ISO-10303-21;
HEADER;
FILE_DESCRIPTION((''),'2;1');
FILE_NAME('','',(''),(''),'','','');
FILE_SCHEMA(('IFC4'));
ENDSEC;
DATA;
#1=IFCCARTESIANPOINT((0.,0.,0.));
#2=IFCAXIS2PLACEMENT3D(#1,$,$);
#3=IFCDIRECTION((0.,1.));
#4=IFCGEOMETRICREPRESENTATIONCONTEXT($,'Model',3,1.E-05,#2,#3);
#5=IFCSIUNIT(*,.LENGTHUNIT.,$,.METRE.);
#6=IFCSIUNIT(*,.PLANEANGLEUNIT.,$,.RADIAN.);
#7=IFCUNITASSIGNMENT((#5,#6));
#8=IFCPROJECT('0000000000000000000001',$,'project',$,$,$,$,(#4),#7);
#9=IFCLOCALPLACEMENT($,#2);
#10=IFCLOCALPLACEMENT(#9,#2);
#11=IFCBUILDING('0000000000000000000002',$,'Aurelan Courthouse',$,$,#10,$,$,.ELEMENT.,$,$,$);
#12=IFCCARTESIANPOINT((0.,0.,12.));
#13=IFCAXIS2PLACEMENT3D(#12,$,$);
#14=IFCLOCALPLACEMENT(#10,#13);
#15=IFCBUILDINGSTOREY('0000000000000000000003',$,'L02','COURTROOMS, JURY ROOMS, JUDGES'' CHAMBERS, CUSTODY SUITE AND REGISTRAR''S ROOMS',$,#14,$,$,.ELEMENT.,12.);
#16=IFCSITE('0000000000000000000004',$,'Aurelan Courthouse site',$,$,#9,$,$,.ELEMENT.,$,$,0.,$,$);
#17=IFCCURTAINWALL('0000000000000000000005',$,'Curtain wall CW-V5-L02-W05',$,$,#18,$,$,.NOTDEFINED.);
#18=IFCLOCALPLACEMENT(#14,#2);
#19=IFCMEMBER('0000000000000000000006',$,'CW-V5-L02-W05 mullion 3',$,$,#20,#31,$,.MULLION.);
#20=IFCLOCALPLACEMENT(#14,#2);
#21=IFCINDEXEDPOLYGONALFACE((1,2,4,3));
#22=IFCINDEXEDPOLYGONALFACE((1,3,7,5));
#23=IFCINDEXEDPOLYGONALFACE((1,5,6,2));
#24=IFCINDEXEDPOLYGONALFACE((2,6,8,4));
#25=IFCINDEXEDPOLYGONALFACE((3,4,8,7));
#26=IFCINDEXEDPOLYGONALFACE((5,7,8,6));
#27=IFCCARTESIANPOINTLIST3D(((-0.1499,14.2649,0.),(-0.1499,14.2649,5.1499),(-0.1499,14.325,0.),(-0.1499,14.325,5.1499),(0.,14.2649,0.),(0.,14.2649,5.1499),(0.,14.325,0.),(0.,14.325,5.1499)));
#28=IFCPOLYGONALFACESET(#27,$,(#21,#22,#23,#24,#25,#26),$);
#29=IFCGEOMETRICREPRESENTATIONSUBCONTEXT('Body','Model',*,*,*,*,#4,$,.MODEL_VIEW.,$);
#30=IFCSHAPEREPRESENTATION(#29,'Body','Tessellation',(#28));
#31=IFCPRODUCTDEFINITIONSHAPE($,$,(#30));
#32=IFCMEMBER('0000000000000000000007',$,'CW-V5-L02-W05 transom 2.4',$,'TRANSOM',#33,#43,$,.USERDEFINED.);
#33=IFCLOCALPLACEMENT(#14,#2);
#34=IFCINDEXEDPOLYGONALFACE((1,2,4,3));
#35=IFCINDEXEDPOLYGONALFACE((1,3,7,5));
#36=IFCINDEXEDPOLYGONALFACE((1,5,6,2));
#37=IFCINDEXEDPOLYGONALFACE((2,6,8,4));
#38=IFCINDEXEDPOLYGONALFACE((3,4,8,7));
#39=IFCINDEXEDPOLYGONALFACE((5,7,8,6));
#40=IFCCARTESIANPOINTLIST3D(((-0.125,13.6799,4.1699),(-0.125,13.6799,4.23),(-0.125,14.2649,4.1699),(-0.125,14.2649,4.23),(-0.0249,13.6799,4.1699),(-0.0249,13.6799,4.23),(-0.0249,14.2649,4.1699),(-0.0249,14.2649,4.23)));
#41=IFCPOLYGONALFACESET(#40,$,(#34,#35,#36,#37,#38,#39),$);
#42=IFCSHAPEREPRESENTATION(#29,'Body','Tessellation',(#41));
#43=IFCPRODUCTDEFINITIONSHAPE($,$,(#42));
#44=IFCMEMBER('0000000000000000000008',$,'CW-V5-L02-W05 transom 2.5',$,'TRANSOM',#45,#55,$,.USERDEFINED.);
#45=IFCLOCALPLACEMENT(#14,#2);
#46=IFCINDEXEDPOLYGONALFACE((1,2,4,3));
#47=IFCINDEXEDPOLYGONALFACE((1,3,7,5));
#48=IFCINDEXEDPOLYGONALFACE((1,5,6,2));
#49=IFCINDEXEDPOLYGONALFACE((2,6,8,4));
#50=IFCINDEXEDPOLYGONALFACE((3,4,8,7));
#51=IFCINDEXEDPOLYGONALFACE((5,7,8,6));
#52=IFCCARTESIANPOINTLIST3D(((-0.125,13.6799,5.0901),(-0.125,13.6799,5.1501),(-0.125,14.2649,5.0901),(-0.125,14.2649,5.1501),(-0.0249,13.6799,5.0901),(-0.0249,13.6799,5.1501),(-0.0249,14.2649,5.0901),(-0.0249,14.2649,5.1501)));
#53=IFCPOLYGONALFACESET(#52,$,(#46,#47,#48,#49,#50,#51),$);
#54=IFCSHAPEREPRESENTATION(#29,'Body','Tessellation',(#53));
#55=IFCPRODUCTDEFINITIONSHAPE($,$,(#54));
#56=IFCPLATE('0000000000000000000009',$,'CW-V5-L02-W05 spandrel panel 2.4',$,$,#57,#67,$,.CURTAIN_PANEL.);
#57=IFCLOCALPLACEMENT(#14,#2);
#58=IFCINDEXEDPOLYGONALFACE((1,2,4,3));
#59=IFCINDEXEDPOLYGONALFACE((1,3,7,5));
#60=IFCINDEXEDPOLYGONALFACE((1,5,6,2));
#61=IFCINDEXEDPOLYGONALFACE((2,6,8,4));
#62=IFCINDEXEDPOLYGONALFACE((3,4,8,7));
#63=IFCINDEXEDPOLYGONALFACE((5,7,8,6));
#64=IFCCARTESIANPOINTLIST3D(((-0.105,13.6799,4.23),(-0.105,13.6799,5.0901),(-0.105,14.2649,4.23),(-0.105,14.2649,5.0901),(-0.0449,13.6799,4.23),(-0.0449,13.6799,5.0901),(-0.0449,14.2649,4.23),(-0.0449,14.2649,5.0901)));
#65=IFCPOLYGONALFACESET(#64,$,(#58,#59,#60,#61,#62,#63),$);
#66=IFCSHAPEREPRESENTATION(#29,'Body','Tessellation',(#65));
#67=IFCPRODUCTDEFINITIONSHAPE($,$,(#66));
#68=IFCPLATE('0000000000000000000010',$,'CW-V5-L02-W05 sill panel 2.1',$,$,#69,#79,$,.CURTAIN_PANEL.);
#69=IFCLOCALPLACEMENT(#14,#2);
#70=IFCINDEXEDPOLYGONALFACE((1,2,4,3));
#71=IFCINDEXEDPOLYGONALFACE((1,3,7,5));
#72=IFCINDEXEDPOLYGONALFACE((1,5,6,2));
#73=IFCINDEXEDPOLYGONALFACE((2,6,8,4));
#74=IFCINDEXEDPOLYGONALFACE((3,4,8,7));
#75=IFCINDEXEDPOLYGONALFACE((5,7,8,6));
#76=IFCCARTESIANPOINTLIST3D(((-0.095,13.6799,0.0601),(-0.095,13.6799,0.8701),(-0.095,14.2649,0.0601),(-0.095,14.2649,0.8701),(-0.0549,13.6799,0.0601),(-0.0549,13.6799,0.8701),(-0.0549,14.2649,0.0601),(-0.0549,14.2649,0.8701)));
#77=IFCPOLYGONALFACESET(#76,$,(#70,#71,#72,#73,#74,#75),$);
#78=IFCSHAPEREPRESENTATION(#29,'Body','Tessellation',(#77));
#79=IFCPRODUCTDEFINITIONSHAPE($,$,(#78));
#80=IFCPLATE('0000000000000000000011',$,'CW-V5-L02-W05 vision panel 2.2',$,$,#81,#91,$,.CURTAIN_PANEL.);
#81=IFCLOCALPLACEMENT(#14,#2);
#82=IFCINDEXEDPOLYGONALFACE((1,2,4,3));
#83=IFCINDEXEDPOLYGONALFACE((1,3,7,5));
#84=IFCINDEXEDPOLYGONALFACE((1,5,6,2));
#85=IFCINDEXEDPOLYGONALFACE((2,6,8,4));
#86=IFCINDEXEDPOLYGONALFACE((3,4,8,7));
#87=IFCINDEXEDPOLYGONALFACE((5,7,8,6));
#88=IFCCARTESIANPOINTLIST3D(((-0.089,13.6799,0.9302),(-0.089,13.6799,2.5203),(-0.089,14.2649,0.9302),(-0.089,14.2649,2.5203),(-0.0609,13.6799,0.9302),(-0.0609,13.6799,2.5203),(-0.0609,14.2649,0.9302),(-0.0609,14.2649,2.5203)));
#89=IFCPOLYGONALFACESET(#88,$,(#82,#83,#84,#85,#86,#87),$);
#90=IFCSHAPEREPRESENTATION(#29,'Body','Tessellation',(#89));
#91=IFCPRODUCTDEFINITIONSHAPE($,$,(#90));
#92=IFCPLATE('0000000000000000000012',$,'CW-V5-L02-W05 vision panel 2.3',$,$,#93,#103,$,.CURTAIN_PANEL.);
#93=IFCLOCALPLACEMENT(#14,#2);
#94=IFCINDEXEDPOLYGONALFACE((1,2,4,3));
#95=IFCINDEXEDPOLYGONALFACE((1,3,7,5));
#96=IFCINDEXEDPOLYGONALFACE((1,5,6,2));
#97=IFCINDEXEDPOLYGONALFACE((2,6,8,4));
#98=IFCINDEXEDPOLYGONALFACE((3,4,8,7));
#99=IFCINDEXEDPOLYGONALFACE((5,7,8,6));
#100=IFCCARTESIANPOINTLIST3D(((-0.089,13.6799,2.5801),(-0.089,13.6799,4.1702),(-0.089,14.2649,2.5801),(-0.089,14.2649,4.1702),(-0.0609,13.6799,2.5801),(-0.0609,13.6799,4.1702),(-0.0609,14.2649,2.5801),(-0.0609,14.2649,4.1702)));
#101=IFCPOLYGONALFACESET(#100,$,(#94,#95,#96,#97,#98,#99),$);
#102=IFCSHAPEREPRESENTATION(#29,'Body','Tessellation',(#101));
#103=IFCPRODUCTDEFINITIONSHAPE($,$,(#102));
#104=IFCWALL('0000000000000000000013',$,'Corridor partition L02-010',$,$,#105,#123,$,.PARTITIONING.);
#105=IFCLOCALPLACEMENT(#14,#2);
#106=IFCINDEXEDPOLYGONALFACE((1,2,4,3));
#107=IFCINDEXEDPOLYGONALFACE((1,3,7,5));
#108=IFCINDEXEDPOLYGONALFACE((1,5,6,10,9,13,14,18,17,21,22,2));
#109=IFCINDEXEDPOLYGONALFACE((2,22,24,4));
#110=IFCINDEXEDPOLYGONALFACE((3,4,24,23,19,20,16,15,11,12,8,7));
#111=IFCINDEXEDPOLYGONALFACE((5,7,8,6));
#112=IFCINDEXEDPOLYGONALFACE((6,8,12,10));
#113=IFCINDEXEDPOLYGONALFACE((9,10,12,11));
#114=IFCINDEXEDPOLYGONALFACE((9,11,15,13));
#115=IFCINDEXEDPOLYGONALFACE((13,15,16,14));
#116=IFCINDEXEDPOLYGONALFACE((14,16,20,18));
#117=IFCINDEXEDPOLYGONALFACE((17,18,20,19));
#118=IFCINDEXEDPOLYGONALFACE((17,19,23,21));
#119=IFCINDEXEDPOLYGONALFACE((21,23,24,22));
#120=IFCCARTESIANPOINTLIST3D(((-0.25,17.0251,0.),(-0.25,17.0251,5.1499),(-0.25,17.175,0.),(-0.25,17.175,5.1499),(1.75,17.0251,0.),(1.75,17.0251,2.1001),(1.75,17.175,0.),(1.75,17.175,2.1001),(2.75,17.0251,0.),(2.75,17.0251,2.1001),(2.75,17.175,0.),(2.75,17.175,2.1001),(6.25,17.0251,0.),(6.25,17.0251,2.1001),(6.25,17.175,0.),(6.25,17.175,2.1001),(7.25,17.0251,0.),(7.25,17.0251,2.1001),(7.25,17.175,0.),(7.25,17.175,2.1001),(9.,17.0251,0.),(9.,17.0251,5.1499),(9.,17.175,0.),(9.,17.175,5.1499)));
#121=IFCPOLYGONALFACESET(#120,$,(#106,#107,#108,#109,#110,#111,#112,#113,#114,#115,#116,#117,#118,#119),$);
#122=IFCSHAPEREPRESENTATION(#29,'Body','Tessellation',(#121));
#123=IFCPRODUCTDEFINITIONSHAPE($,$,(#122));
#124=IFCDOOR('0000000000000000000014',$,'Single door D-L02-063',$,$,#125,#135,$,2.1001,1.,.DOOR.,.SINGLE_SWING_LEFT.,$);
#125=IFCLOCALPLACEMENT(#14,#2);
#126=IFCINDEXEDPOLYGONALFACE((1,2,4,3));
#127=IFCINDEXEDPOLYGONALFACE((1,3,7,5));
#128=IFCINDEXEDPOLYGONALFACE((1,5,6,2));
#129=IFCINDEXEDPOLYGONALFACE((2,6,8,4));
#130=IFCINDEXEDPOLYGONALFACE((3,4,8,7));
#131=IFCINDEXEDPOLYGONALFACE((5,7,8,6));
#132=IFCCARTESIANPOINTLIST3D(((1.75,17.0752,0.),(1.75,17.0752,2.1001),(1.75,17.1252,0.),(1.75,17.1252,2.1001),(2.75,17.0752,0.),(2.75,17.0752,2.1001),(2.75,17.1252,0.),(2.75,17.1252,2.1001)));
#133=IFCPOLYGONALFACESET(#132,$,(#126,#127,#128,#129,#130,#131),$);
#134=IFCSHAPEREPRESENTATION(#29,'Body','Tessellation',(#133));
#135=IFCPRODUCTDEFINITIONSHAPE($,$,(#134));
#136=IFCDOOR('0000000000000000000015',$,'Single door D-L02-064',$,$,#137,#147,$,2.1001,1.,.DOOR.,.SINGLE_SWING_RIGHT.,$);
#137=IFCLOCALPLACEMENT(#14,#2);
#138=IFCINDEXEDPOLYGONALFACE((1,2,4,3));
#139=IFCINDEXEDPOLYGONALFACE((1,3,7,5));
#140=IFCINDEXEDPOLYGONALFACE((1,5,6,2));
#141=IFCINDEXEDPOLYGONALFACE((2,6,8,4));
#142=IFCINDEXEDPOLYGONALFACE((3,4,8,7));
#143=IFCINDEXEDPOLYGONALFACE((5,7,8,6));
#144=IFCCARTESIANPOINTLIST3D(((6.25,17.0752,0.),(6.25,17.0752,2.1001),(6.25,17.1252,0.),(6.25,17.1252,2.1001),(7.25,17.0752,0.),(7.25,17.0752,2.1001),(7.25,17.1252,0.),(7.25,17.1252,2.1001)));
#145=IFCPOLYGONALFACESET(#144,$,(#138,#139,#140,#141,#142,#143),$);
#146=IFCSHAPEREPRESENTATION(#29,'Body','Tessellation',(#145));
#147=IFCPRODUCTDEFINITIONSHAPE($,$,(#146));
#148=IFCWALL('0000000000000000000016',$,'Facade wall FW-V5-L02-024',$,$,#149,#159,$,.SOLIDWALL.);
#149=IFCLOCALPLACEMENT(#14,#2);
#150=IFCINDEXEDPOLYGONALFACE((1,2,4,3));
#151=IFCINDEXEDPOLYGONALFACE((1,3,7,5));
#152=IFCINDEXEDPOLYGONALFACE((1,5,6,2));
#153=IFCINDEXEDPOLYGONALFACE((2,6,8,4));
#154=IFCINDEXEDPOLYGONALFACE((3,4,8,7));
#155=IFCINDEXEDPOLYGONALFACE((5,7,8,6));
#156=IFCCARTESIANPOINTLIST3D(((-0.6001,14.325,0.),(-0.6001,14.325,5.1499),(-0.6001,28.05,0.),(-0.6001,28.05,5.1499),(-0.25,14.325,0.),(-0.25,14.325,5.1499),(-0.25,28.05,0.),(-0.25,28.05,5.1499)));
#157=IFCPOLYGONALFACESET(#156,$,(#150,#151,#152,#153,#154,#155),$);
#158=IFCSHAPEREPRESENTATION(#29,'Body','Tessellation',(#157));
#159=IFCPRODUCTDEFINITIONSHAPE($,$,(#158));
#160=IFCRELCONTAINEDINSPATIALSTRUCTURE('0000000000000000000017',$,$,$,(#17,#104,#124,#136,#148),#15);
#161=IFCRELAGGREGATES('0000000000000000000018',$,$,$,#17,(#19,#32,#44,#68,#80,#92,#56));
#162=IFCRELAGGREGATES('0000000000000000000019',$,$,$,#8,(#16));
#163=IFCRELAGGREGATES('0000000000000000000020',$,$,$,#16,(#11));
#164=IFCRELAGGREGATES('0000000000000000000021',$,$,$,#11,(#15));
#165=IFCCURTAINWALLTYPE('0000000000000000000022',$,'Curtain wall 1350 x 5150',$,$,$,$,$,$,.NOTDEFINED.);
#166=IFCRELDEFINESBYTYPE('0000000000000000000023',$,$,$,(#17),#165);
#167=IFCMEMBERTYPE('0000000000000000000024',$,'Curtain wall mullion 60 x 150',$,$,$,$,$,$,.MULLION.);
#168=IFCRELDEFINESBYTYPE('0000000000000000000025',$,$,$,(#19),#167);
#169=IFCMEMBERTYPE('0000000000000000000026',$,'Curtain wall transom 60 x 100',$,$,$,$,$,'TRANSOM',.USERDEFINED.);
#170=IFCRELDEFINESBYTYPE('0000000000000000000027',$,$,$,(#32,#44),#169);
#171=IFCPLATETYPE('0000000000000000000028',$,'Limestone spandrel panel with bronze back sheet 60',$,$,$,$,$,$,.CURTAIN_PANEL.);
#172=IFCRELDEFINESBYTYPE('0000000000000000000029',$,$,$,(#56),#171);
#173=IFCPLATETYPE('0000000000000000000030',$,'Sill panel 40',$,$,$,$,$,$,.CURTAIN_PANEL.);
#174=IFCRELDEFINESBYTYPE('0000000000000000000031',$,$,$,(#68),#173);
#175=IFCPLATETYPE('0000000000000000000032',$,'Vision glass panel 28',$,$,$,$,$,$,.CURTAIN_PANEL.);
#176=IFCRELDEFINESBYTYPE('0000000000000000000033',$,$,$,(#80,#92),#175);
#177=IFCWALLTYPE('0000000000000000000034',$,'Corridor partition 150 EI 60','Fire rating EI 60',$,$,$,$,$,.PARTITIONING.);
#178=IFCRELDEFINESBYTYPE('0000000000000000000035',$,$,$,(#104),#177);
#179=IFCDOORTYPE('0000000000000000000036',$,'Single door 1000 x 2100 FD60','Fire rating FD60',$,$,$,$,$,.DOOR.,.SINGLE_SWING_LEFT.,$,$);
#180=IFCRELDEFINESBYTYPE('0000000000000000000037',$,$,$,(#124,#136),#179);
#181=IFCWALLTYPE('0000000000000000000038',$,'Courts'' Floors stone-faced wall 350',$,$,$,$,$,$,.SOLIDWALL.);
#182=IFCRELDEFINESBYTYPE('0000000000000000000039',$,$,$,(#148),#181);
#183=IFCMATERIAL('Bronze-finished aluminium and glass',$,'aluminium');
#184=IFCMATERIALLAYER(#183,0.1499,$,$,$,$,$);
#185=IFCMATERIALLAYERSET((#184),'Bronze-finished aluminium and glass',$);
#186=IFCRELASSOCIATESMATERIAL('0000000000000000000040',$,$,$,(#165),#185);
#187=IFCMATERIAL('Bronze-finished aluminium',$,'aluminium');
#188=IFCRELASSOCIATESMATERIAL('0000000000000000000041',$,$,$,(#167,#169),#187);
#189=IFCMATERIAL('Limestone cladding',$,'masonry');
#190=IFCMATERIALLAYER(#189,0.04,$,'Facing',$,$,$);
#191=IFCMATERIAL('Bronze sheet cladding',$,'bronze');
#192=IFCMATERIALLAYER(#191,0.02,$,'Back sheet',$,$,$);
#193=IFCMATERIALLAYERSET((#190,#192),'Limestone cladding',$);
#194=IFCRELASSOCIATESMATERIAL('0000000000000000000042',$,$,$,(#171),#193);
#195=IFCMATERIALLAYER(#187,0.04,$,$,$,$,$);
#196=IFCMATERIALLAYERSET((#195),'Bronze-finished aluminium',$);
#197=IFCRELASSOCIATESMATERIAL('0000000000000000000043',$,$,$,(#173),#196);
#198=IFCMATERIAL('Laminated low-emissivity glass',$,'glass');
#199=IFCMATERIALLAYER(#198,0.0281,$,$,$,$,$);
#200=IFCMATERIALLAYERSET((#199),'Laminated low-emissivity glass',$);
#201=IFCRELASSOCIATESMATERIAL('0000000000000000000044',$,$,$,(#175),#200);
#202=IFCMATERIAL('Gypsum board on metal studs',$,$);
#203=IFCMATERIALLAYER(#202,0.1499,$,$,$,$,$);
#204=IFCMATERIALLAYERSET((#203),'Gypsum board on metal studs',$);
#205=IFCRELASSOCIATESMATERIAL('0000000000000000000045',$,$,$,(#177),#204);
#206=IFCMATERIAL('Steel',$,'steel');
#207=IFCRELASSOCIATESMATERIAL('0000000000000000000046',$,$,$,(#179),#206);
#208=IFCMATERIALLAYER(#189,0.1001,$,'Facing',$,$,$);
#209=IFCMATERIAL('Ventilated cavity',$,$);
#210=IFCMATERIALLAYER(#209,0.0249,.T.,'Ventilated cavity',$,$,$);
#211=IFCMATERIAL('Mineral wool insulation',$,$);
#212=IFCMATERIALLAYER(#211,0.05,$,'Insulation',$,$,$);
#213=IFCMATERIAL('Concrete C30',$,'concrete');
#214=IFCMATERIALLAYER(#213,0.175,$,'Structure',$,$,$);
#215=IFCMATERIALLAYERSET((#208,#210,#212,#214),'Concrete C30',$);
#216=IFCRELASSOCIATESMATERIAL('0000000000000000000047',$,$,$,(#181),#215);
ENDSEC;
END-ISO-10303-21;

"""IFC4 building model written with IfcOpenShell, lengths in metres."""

from ifc_helpers import new_model, si_unit, direction, frame, frame_2d, origin, origin_2d, place, context, subcontext, project, spatial, rectangle, extrude, material, layer, layer_set, material_profile, profile_set, type_object, element, fill, aggregate, save


model = new_model("IFC4")

# Units and contexts
model_context = context("Model", 3, precision=1e-05, world=origin(), true_north=direction((0.0, 1.0)))
body_context = subcontext(model_context, "Body", "Model", "MODEL_VIEW")
ifc_project = project(units=[si_unit("LENGTHUNIT", "METRE"), si_unit("PLANEANGLEUNIT", "RADIAN")], contexts=[model_context])

# Site, building, storey
site_placement = place(None, origin())
site = spatial("IfcSite", under=ifc_project, at=site_placement, Name="Aurelan Courthouse site", CompositionType="ELEMENT", RefElevation=0.0)
building_placement = place(site_placement, origin())
building = spatial("IfcBuilding", under=site, at=building_placement, Name="Aurelan Courthouse", CompositionType="ELEMENT")
storey_placement = place(building_placement, frame((0.0, 0.0, 12.0)))
storey = spatial("IfcBuildingStorey", under=building, at=storey_placement, Name="L02", Description="COURTROOMS, JURY ROOMS, JUDGES' CHAMBERS, CUSTODY SUITE AND REGISTRAR'S ROOMS", CompositionType="ELEMENT", Elevation=12.0)

# Curtain wall, members, plates
ifc_material_1 = material(Name="Bronze-finished aluminium and glass", Category="aluminium")
ifc_layer_1 = layer(ifc_material_1, 0.1499)
ifc_layer_set_1 = layer_set([ifc_layer_1], Name="Bronze-finished aluminium and glass")
curtain_wall_type = type_object("IfcCurtainWallType", Name="Curtain wall 1350 x 5150", PredefinedType="NOTDEFINED", material=ifc_layer_set_1)
curtain_wall_placement = place(storey_placement, origin())
curtain_wall = element("IfcCurtainWall", 1, at=curtain_wall_placement, inside=storey, type_object=curtain_wall_type, Name="Curtain wall CW-V5-L02-W05", PredefinedType="NOTDEFINED")
ifc_material_2 = material(Name="Bronze-finished aluminium", Category="aluminium")
ifc_material_profile_1 = material_profile(ifc_material_2, rectangle(XDim=0.1499, YDim=0.0601, at=origin_2d()), Name="Bronze mullion 60 x 150")
ifc_profile_set_1 = profile_set([ifc_material_profile_1], Name="Bronze-finished aluminium")
member_type_1 = type_object("IfcMemberType", Name="Curtain wall mullion 60 x 150", PredefinedType="MULLION", material=ifc_profile_set_1)
member_1_placement = place(storey_placement, frame((-0.075, 14.2949, 0.0), z_axis=(0.0, 0.0, 1.0), x_axis=(-1.0, 0.0, 0.0)))
member_1 = element("IfcMember", 2, at=member_1_placement, type_object=member_type_1, Name="CW-V5-L02-W05 mullion 3", PredefinedType="MULLION", context=body_context, shape_type="SweptSolid", body=[
    extrude(rectangle(XDim=0.1499, YDim=0.0601, at=origin_2d()), origin(), (0.0, 0.0, 1.0), 5.1499),
])
ifc_material_profile_2 = material_profile(ifc_material_2, rectangle(XDim=0.1001, YDim=0.0601, at=origin_2d()), Name="Bronze transom 60 x 100")
ifc_profile_set_2 = profile_set([ifc_material_profile_2], Name="Bronze-finished aluminium")
member_type_2 = type_object("IfcMemberType", Name="Curtain wall transom 60 x 100", ElementType="TRANSOM", PredefinedType="USERDEFINED", material=ifc_profile_set_2)
member_2_placement = place(storey_placement, frame((-0.075, 13.6799, 4.2), z_axis=(0.0, 1.0, 0.0), x_axis=(-1.0, 0.0, 0.0)))
member_2 = element("IfcMember", 3, at=member_2_placement, type_object=member_type_2, Name="CW-V5-L02-W05 transom 2.4", ObjectType="TRANSOM", PredefinedType="USERDEFINED", context=body_context, shape_type="SweptSolid", body=[
    extrude(rectangle(XDim=0.1001, YDim=0.0601, at=origin_2d()), origin(), (0.0, 0.0, 1.0), 0.585),
])
member_3_placement = place(storey_placement, frame((-0.075, 13.6799, 5.1201), z_axis=(0.0, 1.0, 0.0), x_axis=(-1.0, 0.0, 0.0)))
member_3 = element("IfcMember", 4, at=member_3_placement, type_object=member_type_2, Name="CW-V5-L02-W05 transom 2.5", ObjectType="TRANSOM", PredefinedType="USERDEFINED", context=body_context, shape_type="SweptSolid", body=[
    extrude(rectangle(XDim=0.1001, YDim=0.0601, at=origin_2d()), origin(), (0.0, 0.0, 1.0), 0.585),
])
ifc_material_3 = material(Name="Limestone cladding", Category="masonry")
ifc_layer_2 = layer(ifc_material_3, 0.04, Name="Facing")
ifc_material_4 = material(Name="Bronze sheet cladding", Category="bronze")
ifc_layer_3 = layer(ifc_material_4, 0.02, Name="Back sheet")
ifc_layer_set_2 = layer_set([ifc_layer_2, ifc_layer_3], Name="Limestone cladding")
plate_type_1 = type_object("IfcPlateType", Name="Limestone spandrel panel with bronze back sheet 60", PredefinedType="CURTAIN_PANEL", material=ifc_layer_set_2)
plate_1_placement = place(storey_placement, frame((-0.075, 13.9724, 4.23), z_axis=(0.0, 0.0, 1.0), x_axis=(0.0, 1.0, 0.0)))
plate_1 = element("IfcPlate", 5, at=plate_1_placement, type_object=plate_type_1, Name="CW-V5-L02-W05 spandrel panel 2.4", PredefinedType="CURTAIN_PANEL", context=body_context, shape_type="SweptSolid", body=[
    extrude(rectangle(XDim=0.585, YDim=0.0601, at=origin_2d()), origin(), (0.0, 0.0, 1.0), 0.8601),
])
ifc_layer_4 = layer(ifc_material_2, 0.04)
ifc_layer_set_3 = layer_set([ifc_layer_4], Name="Bronze-finished aluminium")
plate_type_2 = type_object("IfcPlateType", Name="Sill panel 40", PredefinedType="CURTAIN_PANEL", material=ifc_layer_set_3)
plate_2_placement = place(storey_placement, frame((-0.075, 13.9724, 0.0601), z_axis=(0.0, 0.0, 1.0), x_axis=(0.0, 1.0, 0.0)))
plate_2 = element("IfcPlate", 6, at=plate_2_placement, type_object=plate_type_2, Name="CW-V5-L02-W05 sill panel 2.1", PredefinedType="CURTAIN_PANEL", context=body_context, shape_type="SweptSolid", body=[
    extrude(rectangle(XDim=0.585, YDim=0.04, at=origin_2d()), origin(), (0.0, 0.0, 1.0), 0.8101),
])
ifc_material_5 = material(Name="Laminated low-emissivity glass", Category="glass")
ifc_layer_5 = layer(ifc_material_5, 0.0281)
ifc_layer_set_4 = layer_set([ifc_layer_5], Name="Laminated low-emissivity glass")
plate_type_3 = type_object("IfcPlateType", Name="Vision glass panel 28", PredefinedType="CURTAIN_PANEL", material=ifc_layer_set_4)
plate_3_placement = place(storey_placement, frame((-0.075, 13.9724, 0.9302), z_axis=(0.0, 0.0, 1.0), x_axis=(0.0, 1.0, 0.0)))
plate_3 = element("IfcPlate", 7, at=plate_3_placement, type_object=plate_type_3, Name="CW-V5-L02-W05 vision panel 2.2", PredefinedType="CURTAIN_PANEL", context=body_context, shape_type="SweptSolid", body=[
    extrude(rectangle(XDim=0.585, YDim=0.0281, at=origin_2d()), origin(), (0.0, 0.0, 1.0), 1.5901),
])
plate_4_placement = place(storey_placement, frame((-0.075, 13.9724, 2.5801), z_axis=(0.0, 0.0, 1.0), x_axis=(0.0, 1.0, 0.0)))
plate_4 = element("IfcPlate", 8, at=plate_4_placement, type_object=plate_type_3, Name="CW-V5-L02-W05 vision panel 2.3", PredefinedType="CURTAIN_PANEL", context=body_context, shape_type="SweptSolid", body=[
    extrude(rectangle(XDim=0.585, YDim=0.0281, at=origin_2d()), origin(), (0.0, 0.0, 1.0), 1.5901),
])
aggregate(curtain_wall, [member_1, member_2, member_3, plate_2, plate_3, plate_4, plate_1])

# Wall, openings, doors
ifc_material_6 = material(Name="Gypsum board on metal studs")
ifc_layer_6 = layer(ifc_material_6, 0.1499)
ifc_layer_set_5 = layer_set([ifc_layer_6], Name="Gypsum board on metal studs")
wall_type_1 = type_object("IfcWallType", Name="Corridor partition 150 EI 60", Description="Fire rating EI 60", PredefinedType="PARTITIONING", material=ifc_layer_set_5)
wall_1_placement = place(storey_placement, frame((-0.25, 17.1001, 0.0), z_axis=(0.0, 0.0, 1.0), x_axis=(1.0, 0.0, 0.0)))
wall_1 = element("IfcWall", 9, at=wall_1_placement, inside=storey, type_object=wall_type_1, Name="Corridor partition L02-010", PredefinedType="PARTITIONING", context=body_context, shape_type="SweptSolid", body=[
    extrude(rectangle(XDim=9.25, YDim=0.1499, at=frame_2d((4.625, 0.0))), origin(), (0.0, 0.0, 1.0), 5.1499),
])
opening_1_placement = place(wall_1_placement, frame((3.0, 0.0, 0.0), z_axis=(0.0, 0.0, 1.0), x_axis=(-1.0, 0.0, 0.0)))
opening_1 = element("IfcOpeningElement", 10, at=opening_1_placement, cuts=wall_1, PredefinedType="OPENING", context=body_context, shape_type="SweptSolid", body=[
    extrude(rectangle(XDim=1.0, YDim=2.1001, at=frame_2d((0.5, 1.05))), frame((0.0, 0.085, 0.0), z_axis=(0.0, -1.0, 0.0), x_axis=(1.0, 0.0, 0.0)), (0.0, 0.0, 1.0), 0.1699),
])
opening_2_placement = place(wall_1_placement, frame((7.5, 0.0, 0.0), z_axis=(0.0, 0.0, 1.0), x_axis=(-1.0, 0.0, 0.0)))
opening_2 = element("IfcOpeningElement", 11, at=opening_2_placement, cuts=wall_1, PredefinedType="OPENING", context=body_context, shape_type="SweptSolid", body=[
    extrude(rectangle(XDim=1.0, YDim=2.1001, at=frame_2d((0.5, 1.05))), frame((0.0, 0.085, 0.0), z_axis=(0.0, -1.0, 0.0), x_axis=(1.0, 0.0, 0.0)), (0.0, 0.0, 1.0), 0.1699),
])
ifc_material_7 = material(Name="Steel", Category="steel")
door_type_1 = type_object("IfcDoorType", Name="Single door 1000 x 2100 FD60", Description="Fire rating FD60", OperationType="SINGLE_SWING_LEFT", PredefinedType="DOOR", material=ifc_material_7)
door_1_placement = place(opening_1_placement, origin())
door_1 = element("IfcDoor", 12, at=door_1_placement, inside=storey, type_object=door_type_1, Name="Single door D-L02-063", OperationType="SINGLE_SWING_LEFT", OverallHeight=2.1001, OverallWidth=1.0, PredefinedType="DOOR", context=body_context, shape_type="SweptSolid", body=[
    extrude(rectangle(XDim=1.0, YDim=2.1001, at=frame_2d((0.5, 1.05))), frame((0.0, 0.0249, 0.0), z_axis=(0.0, -1.0, 0.0), x_axis=(1.0, 0.0, 0.0)), (0.0, 0.0, 1.0), 0.05),
])
fill(opening_1, door_1)
door_2_placement = place(opening_2_placement, origin())
door_2 = element("IfcDoor", 13, at=door_2_placement, inside=storey, type_object=door_type_1, Name="Single door D-L02-064", OperationType="SINGLE_SWING_RIGHT", OverallHeight=2.1001, OverallWidth=1.0, PredefinedType="DOOR", context=body_context, shape_type="SweptSolid", body=[
    extrude(rectangle(XDim=1.0, YDim=2.1001, at=frame_2d((0.5, 1.05))), frame((0.0, 0.0249, 0.0), z_axis=(0.0, -1.0, 0.0), x_axis=(1.0, 0.0, 0.0)), (0.0, 0.0, 1.0), 0.05),
])
fill(opening_2, door_2)

# Wall
ifc_layer_7 = layer(ifc_material_3, 0.1001, Name="Facing")
ifc_material_8 = material(Name="Ventilated cavity")
ifc_layer_8 = layer(ifc_material_8, 0.0249, ventilated=True, Name="Ventilated cavity")
ifc_material_9 = material(Name="Mineral wool insulation")
ifc_layer_9 = layer(ifc_material_9, 0.05, Name="Insulation")
ifc_material_10 = material(Name="Concrete C30", Category="concrete")
ifc_layer_10 = layer(ifc_material_10, 0.175, Name="Structure")
ifc_layer_set_6 = layer_set([ifc_layer_7, ifc_layer_8, ifc_layer_9, ifc_layer_10], Name="Concrete C30")
wall_type_2 = type_object("IfcWallType", Name="Courts' Floors stone-faced wall 350", PredefinedType="SOLIDWALL", material=ifc_layer_set_6)
wall_2_placement = place(storey_placement, frame((-0.425, 14.325, 0.0), z_axis=(0.0, 0.0, 1.0), x_axis=(0.0, 1.0, 0.0)))
element("IfcWall", 14, at=wall_2_placement, inside=storey, type_object=wall_type_2, Name="Facade wall FW-V5-L02-024", PredefinedType="SOLIDWALL", context=body_context, shape_type="SweptSolid", body=[
    extrude(rectangle(XDim=13.7251, YDim=0.3501, at=frame_2d((6.8625, 0.0))), origin(), (0.0, 0.0, 1.0), 5.1499),
])

save(model, "model.ifc")
